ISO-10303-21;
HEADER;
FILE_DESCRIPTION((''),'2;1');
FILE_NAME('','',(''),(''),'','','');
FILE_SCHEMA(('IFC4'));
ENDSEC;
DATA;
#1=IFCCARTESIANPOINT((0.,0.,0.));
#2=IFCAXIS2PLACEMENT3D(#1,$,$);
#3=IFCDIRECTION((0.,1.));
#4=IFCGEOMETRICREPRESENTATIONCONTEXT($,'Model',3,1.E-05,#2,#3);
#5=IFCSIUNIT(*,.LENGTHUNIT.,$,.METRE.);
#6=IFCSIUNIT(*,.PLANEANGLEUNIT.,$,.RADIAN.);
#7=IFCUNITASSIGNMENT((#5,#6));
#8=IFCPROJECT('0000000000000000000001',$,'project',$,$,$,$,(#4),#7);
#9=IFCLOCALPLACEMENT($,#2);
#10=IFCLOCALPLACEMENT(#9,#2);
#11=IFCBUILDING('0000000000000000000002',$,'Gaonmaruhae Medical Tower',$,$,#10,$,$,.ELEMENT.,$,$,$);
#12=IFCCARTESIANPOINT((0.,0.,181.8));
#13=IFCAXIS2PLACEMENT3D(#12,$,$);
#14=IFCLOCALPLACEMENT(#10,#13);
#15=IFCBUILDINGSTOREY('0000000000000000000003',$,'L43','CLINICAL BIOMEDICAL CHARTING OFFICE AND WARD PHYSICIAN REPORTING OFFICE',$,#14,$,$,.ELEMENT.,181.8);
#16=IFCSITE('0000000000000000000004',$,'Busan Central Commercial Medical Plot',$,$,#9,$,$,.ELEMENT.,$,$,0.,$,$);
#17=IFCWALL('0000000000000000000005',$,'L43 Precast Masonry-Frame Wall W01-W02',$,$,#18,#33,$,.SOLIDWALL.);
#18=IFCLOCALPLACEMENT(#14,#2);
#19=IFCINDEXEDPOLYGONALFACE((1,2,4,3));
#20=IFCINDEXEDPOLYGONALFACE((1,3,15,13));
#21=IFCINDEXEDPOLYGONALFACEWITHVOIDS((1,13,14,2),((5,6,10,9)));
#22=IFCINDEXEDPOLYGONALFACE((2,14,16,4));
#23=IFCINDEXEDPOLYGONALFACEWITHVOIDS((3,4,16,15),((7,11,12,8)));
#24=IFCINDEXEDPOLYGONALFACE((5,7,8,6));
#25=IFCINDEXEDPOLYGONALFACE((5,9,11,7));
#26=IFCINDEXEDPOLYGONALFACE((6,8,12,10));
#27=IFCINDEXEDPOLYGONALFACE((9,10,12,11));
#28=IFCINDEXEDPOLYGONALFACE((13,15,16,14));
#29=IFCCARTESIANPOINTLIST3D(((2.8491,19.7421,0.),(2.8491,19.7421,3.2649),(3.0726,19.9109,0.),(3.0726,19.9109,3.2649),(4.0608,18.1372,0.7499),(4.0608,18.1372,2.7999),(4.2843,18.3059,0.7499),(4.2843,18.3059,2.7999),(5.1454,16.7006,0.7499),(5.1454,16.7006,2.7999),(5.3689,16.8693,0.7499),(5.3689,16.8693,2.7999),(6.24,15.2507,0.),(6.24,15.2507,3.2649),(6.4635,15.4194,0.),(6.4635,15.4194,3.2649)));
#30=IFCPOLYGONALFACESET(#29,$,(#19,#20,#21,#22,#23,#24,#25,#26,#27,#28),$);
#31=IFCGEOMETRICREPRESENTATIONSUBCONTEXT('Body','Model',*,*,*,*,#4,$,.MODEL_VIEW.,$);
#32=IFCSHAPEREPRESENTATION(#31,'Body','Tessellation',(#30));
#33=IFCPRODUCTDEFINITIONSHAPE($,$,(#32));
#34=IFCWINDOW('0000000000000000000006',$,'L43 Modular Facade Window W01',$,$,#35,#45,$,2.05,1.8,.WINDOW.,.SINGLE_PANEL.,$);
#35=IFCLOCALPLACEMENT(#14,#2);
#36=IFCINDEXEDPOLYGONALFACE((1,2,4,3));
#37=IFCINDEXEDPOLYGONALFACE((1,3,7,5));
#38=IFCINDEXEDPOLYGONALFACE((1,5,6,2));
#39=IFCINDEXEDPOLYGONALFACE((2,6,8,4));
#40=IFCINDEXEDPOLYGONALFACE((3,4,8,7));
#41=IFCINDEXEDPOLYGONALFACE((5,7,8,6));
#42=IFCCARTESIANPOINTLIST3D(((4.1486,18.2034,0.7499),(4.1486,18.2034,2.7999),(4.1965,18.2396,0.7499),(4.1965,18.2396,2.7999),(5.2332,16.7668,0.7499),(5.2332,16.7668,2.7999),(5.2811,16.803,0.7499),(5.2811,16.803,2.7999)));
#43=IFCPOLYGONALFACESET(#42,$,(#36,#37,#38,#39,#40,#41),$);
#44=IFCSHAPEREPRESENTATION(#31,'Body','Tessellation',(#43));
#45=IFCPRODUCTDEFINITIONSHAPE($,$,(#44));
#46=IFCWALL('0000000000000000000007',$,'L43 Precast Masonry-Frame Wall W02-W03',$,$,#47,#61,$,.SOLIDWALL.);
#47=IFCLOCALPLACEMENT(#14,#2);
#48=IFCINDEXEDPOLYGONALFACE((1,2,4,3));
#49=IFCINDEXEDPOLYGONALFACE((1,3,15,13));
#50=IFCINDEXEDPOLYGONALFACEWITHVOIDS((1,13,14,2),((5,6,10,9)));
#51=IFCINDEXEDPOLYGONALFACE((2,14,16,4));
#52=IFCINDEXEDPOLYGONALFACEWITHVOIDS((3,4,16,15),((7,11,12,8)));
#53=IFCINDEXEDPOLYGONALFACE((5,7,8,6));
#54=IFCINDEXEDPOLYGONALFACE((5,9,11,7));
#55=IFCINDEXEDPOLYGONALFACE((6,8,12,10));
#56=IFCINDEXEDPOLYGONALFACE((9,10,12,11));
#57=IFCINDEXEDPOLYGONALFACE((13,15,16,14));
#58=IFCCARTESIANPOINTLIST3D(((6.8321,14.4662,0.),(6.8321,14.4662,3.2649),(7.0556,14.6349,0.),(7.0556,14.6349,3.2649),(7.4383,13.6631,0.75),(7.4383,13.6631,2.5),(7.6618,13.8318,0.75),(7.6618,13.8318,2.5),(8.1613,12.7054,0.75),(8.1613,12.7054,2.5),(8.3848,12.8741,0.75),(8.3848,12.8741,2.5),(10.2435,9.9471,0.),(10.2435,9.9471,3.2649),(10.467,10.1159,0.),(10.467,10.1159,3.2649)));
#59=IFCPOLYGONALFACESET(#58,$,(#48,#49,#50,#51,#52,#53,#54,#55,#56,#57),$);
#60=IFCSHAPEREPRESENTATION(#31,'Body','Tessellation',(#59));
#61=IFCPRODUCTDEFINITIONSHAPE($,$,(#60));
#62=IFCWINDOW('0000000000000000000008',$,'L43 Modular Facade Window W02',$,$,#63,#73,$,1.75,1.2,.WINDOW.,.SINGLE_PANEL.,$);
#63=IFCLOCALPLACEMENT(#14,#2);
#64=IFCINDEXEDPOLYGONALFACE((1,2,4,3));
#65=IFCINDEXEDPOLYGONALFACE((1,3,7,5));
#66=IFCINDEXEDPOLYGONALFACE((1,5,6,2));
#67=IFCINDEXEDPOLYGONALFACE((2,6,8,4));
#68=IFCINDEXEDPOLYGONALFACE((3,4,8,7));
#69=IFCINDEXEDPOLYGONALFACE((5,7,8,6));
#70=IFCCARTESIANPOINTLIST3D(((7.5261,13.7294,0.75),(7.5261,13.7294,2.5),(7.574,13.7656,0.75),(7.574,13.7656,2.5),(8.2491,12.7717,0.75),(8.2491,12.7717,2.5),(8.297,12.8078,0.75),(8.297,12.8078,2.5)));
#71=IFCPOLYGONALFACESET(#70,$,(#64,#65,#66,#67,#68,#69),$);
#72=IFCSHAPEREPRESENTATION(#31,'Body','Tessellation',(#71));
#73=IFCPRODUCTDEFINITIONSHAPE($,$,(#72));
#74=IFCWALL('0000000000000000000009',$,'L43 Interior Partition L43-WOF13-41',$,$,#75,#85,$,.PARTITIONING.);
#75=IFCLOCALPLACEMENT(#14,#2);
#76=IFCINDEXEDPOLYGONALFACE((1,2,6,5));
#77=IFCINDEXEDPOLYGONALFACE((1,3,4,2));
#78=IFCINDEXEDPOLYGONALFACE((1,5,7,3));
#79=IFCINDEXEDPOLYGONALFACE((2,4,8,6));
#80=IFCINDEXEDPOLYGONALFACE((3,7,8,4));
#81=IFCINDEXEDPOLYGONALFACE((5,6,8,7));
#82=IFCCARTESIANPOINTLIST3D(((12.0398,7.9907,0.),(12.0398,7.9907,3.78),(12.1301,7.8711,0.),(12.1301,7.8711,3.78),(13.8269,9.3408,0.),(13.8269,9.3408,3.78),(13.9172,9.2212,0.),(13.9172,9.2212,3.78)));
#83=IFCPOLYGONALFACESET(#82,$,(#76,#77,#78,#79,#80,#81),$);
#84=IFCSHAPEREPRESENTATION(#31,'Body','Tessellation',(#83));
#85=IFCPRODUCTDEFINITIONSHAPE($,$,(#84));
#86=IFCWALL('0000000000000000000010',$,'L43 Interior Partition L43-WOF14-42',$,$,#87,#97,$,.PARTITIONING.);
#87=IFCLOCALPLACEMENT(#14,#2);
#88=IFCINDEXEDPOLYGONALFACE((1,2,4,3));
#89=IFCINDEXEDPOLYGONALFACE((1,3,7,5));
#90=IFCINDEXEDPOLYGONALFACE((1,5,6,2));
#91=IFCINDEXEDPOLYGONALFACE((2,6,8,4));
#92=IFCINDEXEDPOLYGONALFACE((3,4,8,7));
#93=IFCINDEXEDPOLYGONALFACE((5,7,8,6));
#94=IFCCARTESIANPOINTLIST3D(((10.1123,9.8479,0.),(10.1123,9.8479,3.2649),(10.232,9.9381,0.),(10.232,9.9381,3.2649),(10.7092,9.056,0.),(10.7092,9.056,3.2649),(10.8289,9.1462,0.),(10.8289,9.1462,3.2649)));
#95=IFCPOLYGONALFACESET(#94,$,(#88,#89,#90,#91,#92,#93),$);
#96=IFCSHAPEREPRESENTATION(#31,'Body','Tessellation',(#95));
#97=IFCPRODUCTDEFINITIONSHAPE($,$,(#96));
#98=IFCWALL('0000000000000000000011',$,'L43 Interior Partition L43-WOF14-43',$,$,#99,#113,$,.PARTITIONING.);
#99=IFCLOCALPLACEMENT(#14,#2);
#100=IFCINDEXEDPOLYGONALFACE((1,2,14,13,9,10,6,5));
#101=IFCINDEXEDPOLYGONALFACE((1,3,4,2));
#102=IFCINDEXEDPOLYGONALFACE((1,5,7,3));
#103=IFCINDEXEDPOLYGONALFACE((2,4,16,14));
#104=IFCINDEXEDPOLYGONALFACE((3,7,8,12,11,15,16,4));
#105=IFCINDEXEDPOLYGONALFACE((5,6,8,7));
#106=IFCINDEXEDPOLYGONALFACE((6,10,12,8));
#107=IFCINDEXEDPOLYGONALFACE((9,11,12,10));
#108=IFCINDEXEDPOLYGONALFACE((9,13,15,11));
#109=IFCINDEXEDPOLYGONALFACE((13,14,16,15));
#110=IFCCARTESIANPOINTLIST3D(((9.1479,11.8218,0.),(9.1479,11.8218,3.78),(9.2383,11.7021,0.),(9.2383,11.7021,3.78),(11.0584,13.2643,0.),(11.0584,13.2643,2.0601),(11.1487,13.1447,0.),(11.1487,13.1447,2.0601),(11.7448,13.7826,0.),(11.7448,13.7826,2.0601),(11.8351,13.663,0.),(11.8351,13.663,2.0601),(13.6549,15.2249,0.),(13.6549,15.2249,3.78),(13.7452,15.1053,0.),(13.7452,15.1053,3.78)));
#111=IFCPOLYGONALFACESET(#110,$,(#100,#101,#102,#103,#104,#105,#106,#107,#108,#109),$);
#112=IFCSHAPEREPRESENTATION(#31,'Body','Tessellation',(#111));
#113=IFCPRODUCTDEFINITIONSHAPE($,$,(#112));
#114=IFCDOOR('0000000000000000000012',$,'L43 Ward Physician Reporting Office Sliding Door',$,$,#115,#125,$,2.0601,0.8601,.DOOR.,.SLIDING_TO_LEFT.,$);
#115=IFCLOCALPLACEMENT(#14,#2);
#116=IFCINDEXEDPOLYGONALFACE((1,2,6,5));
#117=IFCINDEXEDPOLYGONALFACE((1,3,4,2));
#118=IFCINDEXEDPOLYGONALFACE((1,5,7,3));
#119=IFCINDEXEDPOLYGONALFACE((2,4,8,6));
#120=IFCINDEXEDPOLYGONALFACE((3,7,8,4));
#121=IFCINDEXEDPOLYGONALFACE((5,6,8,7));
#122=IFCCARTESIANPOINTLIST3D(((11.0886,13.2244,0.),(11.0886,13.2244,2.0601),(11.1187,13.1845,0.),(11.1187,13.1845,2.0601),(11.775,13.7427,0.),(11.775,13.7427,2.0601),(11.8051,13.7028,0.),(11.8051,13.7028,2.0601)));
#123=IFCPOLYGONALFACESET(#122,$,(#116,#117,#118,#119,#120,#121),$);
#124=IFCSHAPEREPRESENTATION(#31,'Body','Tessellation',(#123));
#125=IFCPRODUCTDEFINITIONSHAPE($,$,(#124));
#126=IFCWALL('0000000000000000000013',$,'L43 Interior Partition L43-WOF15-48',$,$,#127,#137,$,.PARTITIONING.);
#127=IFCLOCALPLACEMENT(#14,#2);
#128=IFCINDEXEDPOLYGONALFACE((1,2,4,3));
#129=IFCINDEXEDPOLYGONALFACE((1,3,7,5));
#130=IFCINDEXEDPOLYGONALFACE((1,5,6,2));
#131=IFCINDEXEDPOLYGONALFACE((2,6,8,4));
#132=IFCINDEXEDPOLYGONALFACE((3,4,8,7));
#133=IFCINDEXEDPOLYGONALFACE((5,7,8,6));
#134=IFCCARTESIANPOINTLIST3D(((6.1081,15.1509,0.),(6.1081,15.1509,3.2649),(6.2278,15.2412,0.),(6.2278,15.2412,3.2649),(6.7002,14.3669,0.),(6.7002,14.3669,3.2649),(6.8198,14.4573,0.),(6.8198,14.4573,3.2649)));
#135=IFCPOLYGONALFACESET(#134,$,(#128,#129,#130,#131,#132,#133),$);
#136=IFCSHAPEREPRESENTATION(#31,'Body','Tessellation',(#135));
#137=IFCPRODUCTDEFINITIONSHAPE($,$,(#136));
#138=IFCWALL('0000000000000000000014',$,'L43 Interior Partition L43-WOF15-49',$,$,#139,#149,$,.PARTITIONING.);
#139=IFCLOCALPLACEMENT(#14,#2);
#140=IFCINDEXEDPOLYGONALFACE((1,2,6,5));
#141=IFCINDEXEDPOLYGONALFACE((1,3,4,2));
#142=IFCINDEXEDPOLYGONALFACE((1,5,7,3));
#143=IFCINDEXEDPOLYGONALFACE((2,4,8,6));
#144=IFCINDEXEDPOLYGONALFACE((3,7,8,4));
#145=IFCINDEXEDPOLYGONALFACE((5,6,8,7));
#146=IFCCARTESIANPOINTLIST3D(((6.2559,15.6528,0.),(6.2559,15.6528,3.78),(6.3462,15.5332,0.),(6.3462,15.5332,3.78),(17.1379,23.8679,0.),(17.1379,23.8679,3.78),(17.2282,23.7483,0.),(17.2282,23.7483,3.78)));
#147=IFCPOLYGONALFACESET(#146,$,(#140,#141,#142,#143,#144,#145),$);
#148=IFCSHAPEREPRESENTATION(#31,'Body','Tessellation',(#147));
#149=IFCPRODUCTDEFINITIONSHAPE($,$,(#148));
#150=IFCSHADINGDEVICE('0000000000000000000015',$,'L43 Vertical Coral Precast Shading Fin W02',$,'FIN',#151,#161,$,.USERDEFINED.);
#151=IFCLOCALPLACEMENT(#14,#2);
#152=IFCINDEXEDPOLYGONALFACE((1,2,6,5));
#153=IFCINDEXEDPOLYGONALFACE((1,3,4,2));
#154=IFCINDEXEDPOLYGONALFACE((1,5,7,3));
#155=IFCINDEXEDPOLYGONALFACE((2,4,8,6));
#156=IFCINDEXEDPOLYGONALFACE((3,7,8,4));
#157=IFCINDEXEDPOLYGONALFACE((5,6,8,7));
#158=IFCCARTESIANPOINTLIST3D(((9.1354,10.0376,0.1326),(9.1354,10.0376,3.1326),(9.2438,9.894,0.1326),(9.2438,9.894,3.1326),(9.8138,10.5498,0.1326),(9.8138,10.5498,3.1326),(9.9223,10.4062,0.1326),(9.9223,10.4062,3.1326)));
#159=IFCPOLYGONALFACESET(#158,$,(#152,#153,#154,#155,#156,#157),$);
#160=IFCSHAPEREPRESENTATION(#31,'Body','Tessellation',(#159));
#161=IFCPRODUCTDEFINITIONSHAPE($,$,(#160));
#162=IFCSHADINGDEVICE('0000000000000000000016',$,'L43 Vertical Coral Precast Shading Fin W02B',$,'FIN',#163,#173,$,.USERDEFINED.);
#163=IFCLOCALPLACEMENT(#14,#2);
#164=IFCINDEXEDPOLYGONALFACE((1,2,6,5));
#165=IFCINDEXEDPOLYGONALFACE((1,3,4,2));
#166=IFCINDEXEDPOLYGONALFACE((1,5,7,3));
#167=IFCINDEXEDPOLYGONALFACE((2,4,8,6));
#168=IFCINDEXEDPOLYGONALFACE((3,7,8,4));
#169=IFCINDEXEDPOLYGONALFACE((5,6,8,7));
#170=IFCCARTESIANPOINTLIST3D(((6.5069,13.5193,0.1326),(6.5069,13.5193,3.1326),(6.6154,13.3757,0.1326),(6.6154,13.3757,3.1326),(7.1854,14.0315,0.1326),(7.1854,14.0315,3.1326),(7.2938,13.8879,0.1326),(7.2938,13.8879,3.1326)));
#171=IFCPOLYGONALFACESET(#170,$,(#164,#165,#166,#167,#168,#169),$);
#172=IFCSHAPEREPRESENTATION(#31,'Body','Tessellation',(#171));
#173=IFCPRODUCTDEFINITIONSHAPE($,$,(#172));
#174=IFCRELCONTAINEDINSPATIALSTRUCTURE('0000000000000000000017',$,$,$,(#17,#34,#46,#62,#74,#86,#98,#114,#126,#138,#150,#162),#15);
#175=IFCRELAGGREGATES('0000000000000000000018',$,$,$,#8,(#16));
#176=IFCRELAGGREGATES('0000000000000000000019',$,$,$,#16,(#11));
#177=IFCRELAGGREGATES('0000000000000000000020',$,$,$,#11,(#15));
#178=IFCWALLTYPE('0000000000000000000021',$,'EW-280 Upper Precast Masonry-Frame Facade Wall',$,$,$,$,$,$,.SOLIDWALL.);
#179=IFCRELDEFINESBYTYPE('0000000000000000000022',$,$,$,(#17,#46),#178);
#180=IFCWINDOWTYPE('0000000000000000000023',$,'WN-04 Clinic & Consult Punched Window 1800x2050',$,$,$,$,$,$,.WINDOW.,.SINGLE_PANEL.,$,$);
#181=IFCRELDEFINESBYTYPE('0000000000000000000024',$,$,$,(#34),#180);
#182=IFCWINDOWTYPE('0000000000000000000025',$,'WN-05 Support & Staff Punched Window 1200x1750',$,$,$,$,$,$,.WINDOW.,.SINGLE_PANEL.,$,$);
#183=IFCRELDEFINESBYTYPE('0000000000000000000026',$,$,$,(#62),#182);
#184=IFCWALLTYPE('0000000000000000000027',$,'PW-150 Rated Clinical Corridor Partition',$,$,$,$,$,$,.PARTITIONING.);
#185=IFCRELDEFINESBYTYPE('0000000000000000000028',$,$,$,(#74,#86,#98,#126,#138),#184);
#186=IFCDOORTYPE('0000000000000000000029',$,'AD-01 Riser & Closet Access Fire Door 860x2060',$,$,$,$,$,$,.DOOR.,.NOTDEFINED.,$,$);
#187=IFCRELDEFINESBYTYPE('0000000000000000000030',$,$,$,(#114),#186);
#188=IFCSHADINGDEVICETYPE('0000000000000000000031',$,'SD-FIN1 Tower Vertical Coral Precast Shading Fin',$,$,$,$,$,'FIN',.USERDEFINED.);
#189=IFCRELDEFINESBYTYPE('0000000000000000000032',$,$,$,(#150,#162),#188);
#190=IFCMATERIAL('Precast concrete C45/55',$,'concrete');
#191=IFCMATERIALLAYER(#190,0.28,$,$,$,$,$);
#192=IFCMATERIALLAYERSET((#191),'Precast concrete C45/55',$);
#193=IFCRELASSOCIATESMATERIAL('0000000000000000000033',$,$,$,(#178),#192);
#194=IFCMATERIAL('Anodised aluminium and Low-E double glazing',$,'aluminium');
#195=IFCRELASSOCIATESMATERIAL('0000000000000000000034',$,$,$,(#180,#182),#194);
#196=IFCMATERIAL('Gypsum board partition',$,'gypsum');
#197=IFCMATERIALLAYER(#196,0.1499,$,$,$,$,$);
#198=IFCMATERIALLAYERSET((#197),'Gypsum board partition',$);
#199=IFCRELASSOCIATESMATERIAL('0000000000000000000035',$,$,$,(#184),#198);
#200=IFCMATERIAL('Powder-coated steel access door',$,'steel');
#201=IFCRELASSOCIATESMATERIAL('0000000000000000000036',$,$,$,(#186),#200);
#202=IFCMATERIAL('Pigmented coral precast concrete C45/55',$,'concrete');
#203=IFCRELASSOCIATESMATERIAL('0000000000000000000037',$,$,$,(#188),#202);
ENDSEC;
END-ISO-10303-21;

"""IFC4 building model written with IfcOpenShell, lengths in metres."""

from ifc_helpers import new_model, si_unit, direction, frame, frame_2d, origin, origin_2d, place, context, subcontext, project, spatial, rectangle, extrude, material, layer, layer_set, type_object, element, fill, save


model = new_model("IFC4")

# Units and contexts
model_context = context("Model", 3, precision=1e-05, world=origin(), true_north=direction((0.0, 1.0)))
body_context = subcontext(model_context, "Body", "Model", "MODEL_VIEW")
ifc_project = project(units=[si_unit("LENGTHUNIT", "METRE"), si_unit("PLANEANGLEUNIT", "RADIAN")], contexts=[model_context])

# Site, building, storey
site_placement = place(None, origin())
site = spatial("IfcSite", under=ifc_project, at=site_placement, Name="Busan Central Commercial Medical Plot", CompositionType="ELEMENT", RefElevation=0.0)
building_placement = place(site_placement, origin())
building = spatial("IfcBuilding", under=site, at=building_placement, Name="Gaonmaruhae Medical Tower", CompositionType="ELEMENT")
storey_placement = place(building_placement, frame((0.0, 0.0, 181.8)))
storey = spatial("IfcBuildingStorey", under=building, at=storey_placement, Name="L43", Description="CLINICAL BIOMEDICAL CHARTING OFFICE AND WARD PHYSICIAN REPORTING OFFICE", CompositionType="ELEMENT", Elevation=181.8)

# Walls, openings, windows
ifc_material_1 = material(Name="Precast concrete C45/55", Category="concrete")
ifc_layer_1 = layer(ifc_material_1, 0.28)
ifc_layer_set_1 = layer_set([ifc_layer_1], Name="Precast concrete C45/55")
wall_type_1 = type_object("IfcWallType", Name="EW-280 Upper Precast Masonry-Frame Facade Wall", PredefinedType="SOLIDWALL", material=ifc_layer_set_1)
wall_1_placement = place(storey_placement, frame((6.3518, 15.335, 0.0), z_axis=(0.0, 0.0, 1.0), x_axis=(-0.60253, 0.798096, 0.0)))
wall_1 = element("IfcWall", 1, at=wall_1_placement, inside=storey, type_object=wall_type_1, Name="L43 Precast Masonry-Frame Wall W01-W02", PredefinedType="SOLIDWALL", context=body_context, shape_type="SweptSolid", body=[
    extrude(rectangle(XDim=5.6277, YDim=0.28, at=frame_2d((2.814, 0.0))), origin(), (0.0, 0.0, 1.0), 3.2649),
])
opening_1_placement = place(wall_1_placement, frame((1.8169, 0.0, 0.75)))
opening_1 = element("IfcOpeningElement", 2, at=opening_1_placement, cuts=wall_1, PredefinedType="OPENING", context=body_context, shape_type="SweptSolid", body=[
    extrude(rectangle(XDim=1.8, YDim=2.05, at=frame_2d((0.8999, 1.0249))), frame((0.0, 0.1499, 0.0), z_axis=(0.0, -1.0, 0.0), x_axis=(1.0, 0.0, 0.0)), (0.0, 0.0, 1.0), 0.3),
])
ifc_material_2 = material(Name="Anodised aluminium and Low-E double glazing", Category="aluminium")
window_type_1 = type_object("IfcWindowType", Name="WN-04 Clinic & Consult Punched Window 1800x2050", PartitioningType="SINGLE_PANEL", PredefinedType="WINDOW", material=ifc_material_2)
window_1_placement = place(opening_1_placement, origin())
window_1 = element("IfcWindow", 3, at=window_1_placement, inside=storey, type_object=window_type_1, Name="L43 Modular Facade Window W01", OverallHeight=2.05, OverallWidth=1.8, PartitioningType="SINGLE_PANEL", PredefinedType="WINDOW", context=body_context, shape_type="SweptSolid", body=[
    extrude(rectangle(XDim=1.8, YDim=2.05, at=frame_2d((0.8999, 1.0249))), frame((0.0, 0.03, 0.0), z_axis=(0.0, -1.0, 0.0), x_axis=(1.0, 0.0, 0.0)), (0.0, 0.0, 1.0), 0.0601),
])
fill(opening_1, window_1)
wall_2_placement = place(storey_placement, frame((10.3552, 10.0315, 0.0), z_axis=(0.0, 0.0, 1.0), x_axis=(-0.602494, 0.798123, 0.0)))
wall_2 = element("IfcWall", 4, at=wall_2_placement, inside=storey, type_object=wall_type_1, Name="L43 Precast Masonry-Frame Wall W02-W03", PredefinedType="SOLIDWALL", context=body_context, shape_type="SweptSolid", body=[
    extrude(rectangle(XDim=5.6621, YDim=0.28, at=frame_2d((2.8311, 0.0))), origin(), (0.0, 0.0, 1.0), 3.2649),
])
opening_2_placement = place(wall_2_placement, frame((3.4558, 0.0, 0.75)))
opening_2 = element("IfcOpeningElement", 5, at=opening_2_placement, cuts=wall_2, PredefinedType="OPENING", context=body_context, shape_type="SweptSolid", body=[
    extrude(rectangle(XDim=1.2, YDim=1.75, at=frame_2d((0.6001, 0.875))), frame((0.0, 0.1499, 0.0), z_axis=(0.0, -1.0, 0.0), x_axis=(1.0, 0.0, 0.0)), (0.0, 0.0, 1.0), 0.3),
])
window_type_2 = type_object("IfcWindowType", Name="WN-05 Support & Staff Punched Window 1200x1750", PartitioningType="SINGLE_PANEL", PredefinedType="WINDOW", material=ifc_material_2)
window_2_placement = place(opening_2_placement, origin())
window_2 = element("IfcWindow", 6, at=window_2_placement, inside=storey, type_object=window_type_2, Name="L43 Modular Facade Window W02", OverallHeight=1.75, OverallWidth=1.2, PartitioningType="SINGLE_PANEL", PredefinedType="WINDOW", context=body_context, shape_type="SweptSolid", body=[
    extrude(rectangle(XDim=1.2, YDim=1.75, at=frame_2d((0.6001, 0.875))), frame((0.0, 0.03, 0.0), z_axis=(0.0, -1.0, 0.0), x_axis=(1.0, 0.0, 0.0)), (0.0, 0.0, 1.0), 0.0601),
])
fill(opening_2, window_2)

# Walls
ifc_material_3 = material(Name="Gypsum board partition", Category="gypsum")
ifc_layer_2 = layer(ifc_material_3, 0.1499)
ifc_layer_set_2 = layer_set([ifc_layer_2], Name="Gypsum board partition")
wall_type_2 = type_object("IfcWallType", Name="PW-150 Rated Clinical Corridor Partition", PredefinedType="PARTITIONING", material=ifc_layer_set_2)
wall_3_placement = place(storey_placement, frame((12.085, 7.9309, 0.0), z_axis=(0.0, 0.0, 1.0), x_axis=(0.797902, 0.602787, 0.0)))
element("IfcWall", 7, at=wall_3_placement, inside=storey, type_object=wall_type_2, Name="L43 Interior Partition L43-WOF13-41", PredefinedType="PARTITIONING", context=body_context, shape_type="SweptSolid", body=[
    extrude(rectangle(XDim=2.2397, YDim=0.1499, at=frame_2d((1.1199, 0.0))), origin(), (0.0, 0.0, 1.0), 3.78),
])
wall_4_placement = place(storey_placement, frame((10.769, 9.1011, 0.0), z_axis=(0.0, 0.0, 1.0), x_axis=(-0.601889, 0.79858, 0.0)))
element("IfcWall", 8, at=wall_4_placement, inside=storey, type_object=wall_type_2, Name="L43 Interior Partition L43-WOF14-42", PredefinedType="PARTITIONING", context=body_context, shape_type="SweptSolid", body=[
    extrude(rectangle(XDim=0.9917, YDim=0.1499, at=frame_2d((0.4958, 0.0))), origin(), (0.0, 0.0, 1.0), 3.2649),
])

# Wall, opening, door
wall_5_placement = place(storey_placement, frame((9.1931, 11.762, 0.0), z_axis=(0.0, 0.0, 1.0), x_axis=(0.798045, 0.602598, 0.0)))
wall_5 = element("IfcWall", 9, at=wall_5_placement, inside=storey, type_object=wall_type_2, Name="L43 Interior Partition L43-WOF14-43", PredefinedType="PARTITIONING", context=body_context, shape_type="SweptSolid", body=[
    extrude(rectangle(XDim=5.6475, YDim=0.1499, at=frame_2d((2.8237, 0.0))), origin(), (0.0, 0.0, 1.0), 3.78),
])
opening_3_placement = place(wall_5_placement, frame((2.3938, 0.0, 0.0)))
opening_3 = element("IfcOpeningElement", 10, at=opening_3_placement, cuts=wall_5, PredefinedType="OPENING", context=body_context, shape_type="SweptSolid", body=[
    extrude(rectangle(XDim=0.8601, YDim=2.0601, at=frame_2d((0.4302, 1.03))), frame((0.0, 0.085, 0.0), z_axis=(0.0, -1.0, 0.0), x_axis=(1.0, 0.0, 0.0)), (0.0, 0.0, 1.0), 0.1699),
])
ifc_material_4 = material(Name="Powder-coated steel access door", Category="steel")
door_type = type_object("IfcDoorType", Name="AD-01 Riser & Closet Access Fire Door 860x2060", OperationType="NOTDEFINED", PredefinedType="DOOR", material=ifc_material_4)
door_placement = place(opening_3_placement, origin())
door = element("IfcDoor", 11, at=door_placement, inside=storey, type_object=door_type, Name="L43 Ward Physician Reporting Office Sliding Door", OperationType="SLIDING_TO_LEFT", OverallHeight=2.0601, OverallWidth=0.8601, PredefinedType="DOOR", context=body_context, shape_type="SweptSolid", body=[
    extrude(rectangle(XDim=0.8601, YDim=2.0601, at=frame_2d((0.4302, 1.03))), frame((0.0, 0.0249, 0.0), z_axis=(0.0, -1.0, 0.0), x_axis=(1.0, 0.0, 0.0)), (0.0, 0.0, 1.0), 0.05),
])
fill(opening_3, door)

# Walls
wall_6_placement = place(storey_placement, frame((6.76, 14.4121, 0.0), z_axis=(0.0, 0.0, 1.0), x_axis=(-0.602661, 0.797997, 0.0)))
element("IfcWall", 12, at=wall_6_placement, inside=storey, type_object=wall_type_2, Name="L43 Interior Partition L43-WOF15-48", PredefinedType="PARTITIONING", context=body_context, shape_type="SweptSolid", body=[
    extrude(rectangle(XDim=0.9824, YDim=0.1499, at=frame_2d((0.4912, 0.0))), origin(), (0.0, 0.0, 1.0), 3.2649),
])
wall_7_placement = place(storey_placement, frame((6.301, 15.593, 0.0), z_axis=(0.0, 0.0, 1.0), x_axis=(0.798112, 0.60251, 0.0)))
element("IfcWall", 13, at=wall_7_placement, inside=storey, type_object=wall_type_2, Name="L43 Interior Partition L43-WOF15-49", PredefinedType="PARTITIONING", context=body_context, shape_type="SweptSolid", body=[
    extrude(rectangle(XDim=13.6348, YDim=0.1499, at=frame_2d((6.8174, 0.0))), origin(), (0.0, 0.0, 1.0), 3.78),
])

# Shading devices
ifc_material_5 = material(Name="Pigmented coral precast concrete C45/55", Category="concrete")
shading_device_type = type_object("IfcShadingDeviceType", Name="SD-FIN1 Tower Vertical Coral Precast Shading Fin", ElementType="FIN", PredefinedType="USERDEFINED", material=ifc_material_5)
for number, where, z_axis, x_axis, name in (
    (14, (9.5288, 10.2219, 0.1326), (0.0, 0.0, 1.0), (-0.602498, 0.798121, 0.0), "L43 Vertical Coral Precast Shading Fin W02"),
    (15, (6.9004, 13.7036, 0.1326), (0.0, 0.0, 1.0), (-0.602498, 0.798121, 0.0), "L43 Vertical Coral Precast Shading Fin W02B"),
):
    element("IfcShadingDevice", number, at=place(storey_placement, frame(where, z_axis=z_axis, x_axis=x_axis)), inside=storey, type_object=shading_device_type, Name=name, ObjectType="FIN", PredefinedType="USERDEFINED", context=body_context, shape_type="SweptSolid", body=[
        extrude(rectangle(XDim=0.1799, YDim=0.8501, at=origin_2d()), origin(), (0.0, 0.0, 1.0), 3.0),
    ])

save(model, "model.ifc")
